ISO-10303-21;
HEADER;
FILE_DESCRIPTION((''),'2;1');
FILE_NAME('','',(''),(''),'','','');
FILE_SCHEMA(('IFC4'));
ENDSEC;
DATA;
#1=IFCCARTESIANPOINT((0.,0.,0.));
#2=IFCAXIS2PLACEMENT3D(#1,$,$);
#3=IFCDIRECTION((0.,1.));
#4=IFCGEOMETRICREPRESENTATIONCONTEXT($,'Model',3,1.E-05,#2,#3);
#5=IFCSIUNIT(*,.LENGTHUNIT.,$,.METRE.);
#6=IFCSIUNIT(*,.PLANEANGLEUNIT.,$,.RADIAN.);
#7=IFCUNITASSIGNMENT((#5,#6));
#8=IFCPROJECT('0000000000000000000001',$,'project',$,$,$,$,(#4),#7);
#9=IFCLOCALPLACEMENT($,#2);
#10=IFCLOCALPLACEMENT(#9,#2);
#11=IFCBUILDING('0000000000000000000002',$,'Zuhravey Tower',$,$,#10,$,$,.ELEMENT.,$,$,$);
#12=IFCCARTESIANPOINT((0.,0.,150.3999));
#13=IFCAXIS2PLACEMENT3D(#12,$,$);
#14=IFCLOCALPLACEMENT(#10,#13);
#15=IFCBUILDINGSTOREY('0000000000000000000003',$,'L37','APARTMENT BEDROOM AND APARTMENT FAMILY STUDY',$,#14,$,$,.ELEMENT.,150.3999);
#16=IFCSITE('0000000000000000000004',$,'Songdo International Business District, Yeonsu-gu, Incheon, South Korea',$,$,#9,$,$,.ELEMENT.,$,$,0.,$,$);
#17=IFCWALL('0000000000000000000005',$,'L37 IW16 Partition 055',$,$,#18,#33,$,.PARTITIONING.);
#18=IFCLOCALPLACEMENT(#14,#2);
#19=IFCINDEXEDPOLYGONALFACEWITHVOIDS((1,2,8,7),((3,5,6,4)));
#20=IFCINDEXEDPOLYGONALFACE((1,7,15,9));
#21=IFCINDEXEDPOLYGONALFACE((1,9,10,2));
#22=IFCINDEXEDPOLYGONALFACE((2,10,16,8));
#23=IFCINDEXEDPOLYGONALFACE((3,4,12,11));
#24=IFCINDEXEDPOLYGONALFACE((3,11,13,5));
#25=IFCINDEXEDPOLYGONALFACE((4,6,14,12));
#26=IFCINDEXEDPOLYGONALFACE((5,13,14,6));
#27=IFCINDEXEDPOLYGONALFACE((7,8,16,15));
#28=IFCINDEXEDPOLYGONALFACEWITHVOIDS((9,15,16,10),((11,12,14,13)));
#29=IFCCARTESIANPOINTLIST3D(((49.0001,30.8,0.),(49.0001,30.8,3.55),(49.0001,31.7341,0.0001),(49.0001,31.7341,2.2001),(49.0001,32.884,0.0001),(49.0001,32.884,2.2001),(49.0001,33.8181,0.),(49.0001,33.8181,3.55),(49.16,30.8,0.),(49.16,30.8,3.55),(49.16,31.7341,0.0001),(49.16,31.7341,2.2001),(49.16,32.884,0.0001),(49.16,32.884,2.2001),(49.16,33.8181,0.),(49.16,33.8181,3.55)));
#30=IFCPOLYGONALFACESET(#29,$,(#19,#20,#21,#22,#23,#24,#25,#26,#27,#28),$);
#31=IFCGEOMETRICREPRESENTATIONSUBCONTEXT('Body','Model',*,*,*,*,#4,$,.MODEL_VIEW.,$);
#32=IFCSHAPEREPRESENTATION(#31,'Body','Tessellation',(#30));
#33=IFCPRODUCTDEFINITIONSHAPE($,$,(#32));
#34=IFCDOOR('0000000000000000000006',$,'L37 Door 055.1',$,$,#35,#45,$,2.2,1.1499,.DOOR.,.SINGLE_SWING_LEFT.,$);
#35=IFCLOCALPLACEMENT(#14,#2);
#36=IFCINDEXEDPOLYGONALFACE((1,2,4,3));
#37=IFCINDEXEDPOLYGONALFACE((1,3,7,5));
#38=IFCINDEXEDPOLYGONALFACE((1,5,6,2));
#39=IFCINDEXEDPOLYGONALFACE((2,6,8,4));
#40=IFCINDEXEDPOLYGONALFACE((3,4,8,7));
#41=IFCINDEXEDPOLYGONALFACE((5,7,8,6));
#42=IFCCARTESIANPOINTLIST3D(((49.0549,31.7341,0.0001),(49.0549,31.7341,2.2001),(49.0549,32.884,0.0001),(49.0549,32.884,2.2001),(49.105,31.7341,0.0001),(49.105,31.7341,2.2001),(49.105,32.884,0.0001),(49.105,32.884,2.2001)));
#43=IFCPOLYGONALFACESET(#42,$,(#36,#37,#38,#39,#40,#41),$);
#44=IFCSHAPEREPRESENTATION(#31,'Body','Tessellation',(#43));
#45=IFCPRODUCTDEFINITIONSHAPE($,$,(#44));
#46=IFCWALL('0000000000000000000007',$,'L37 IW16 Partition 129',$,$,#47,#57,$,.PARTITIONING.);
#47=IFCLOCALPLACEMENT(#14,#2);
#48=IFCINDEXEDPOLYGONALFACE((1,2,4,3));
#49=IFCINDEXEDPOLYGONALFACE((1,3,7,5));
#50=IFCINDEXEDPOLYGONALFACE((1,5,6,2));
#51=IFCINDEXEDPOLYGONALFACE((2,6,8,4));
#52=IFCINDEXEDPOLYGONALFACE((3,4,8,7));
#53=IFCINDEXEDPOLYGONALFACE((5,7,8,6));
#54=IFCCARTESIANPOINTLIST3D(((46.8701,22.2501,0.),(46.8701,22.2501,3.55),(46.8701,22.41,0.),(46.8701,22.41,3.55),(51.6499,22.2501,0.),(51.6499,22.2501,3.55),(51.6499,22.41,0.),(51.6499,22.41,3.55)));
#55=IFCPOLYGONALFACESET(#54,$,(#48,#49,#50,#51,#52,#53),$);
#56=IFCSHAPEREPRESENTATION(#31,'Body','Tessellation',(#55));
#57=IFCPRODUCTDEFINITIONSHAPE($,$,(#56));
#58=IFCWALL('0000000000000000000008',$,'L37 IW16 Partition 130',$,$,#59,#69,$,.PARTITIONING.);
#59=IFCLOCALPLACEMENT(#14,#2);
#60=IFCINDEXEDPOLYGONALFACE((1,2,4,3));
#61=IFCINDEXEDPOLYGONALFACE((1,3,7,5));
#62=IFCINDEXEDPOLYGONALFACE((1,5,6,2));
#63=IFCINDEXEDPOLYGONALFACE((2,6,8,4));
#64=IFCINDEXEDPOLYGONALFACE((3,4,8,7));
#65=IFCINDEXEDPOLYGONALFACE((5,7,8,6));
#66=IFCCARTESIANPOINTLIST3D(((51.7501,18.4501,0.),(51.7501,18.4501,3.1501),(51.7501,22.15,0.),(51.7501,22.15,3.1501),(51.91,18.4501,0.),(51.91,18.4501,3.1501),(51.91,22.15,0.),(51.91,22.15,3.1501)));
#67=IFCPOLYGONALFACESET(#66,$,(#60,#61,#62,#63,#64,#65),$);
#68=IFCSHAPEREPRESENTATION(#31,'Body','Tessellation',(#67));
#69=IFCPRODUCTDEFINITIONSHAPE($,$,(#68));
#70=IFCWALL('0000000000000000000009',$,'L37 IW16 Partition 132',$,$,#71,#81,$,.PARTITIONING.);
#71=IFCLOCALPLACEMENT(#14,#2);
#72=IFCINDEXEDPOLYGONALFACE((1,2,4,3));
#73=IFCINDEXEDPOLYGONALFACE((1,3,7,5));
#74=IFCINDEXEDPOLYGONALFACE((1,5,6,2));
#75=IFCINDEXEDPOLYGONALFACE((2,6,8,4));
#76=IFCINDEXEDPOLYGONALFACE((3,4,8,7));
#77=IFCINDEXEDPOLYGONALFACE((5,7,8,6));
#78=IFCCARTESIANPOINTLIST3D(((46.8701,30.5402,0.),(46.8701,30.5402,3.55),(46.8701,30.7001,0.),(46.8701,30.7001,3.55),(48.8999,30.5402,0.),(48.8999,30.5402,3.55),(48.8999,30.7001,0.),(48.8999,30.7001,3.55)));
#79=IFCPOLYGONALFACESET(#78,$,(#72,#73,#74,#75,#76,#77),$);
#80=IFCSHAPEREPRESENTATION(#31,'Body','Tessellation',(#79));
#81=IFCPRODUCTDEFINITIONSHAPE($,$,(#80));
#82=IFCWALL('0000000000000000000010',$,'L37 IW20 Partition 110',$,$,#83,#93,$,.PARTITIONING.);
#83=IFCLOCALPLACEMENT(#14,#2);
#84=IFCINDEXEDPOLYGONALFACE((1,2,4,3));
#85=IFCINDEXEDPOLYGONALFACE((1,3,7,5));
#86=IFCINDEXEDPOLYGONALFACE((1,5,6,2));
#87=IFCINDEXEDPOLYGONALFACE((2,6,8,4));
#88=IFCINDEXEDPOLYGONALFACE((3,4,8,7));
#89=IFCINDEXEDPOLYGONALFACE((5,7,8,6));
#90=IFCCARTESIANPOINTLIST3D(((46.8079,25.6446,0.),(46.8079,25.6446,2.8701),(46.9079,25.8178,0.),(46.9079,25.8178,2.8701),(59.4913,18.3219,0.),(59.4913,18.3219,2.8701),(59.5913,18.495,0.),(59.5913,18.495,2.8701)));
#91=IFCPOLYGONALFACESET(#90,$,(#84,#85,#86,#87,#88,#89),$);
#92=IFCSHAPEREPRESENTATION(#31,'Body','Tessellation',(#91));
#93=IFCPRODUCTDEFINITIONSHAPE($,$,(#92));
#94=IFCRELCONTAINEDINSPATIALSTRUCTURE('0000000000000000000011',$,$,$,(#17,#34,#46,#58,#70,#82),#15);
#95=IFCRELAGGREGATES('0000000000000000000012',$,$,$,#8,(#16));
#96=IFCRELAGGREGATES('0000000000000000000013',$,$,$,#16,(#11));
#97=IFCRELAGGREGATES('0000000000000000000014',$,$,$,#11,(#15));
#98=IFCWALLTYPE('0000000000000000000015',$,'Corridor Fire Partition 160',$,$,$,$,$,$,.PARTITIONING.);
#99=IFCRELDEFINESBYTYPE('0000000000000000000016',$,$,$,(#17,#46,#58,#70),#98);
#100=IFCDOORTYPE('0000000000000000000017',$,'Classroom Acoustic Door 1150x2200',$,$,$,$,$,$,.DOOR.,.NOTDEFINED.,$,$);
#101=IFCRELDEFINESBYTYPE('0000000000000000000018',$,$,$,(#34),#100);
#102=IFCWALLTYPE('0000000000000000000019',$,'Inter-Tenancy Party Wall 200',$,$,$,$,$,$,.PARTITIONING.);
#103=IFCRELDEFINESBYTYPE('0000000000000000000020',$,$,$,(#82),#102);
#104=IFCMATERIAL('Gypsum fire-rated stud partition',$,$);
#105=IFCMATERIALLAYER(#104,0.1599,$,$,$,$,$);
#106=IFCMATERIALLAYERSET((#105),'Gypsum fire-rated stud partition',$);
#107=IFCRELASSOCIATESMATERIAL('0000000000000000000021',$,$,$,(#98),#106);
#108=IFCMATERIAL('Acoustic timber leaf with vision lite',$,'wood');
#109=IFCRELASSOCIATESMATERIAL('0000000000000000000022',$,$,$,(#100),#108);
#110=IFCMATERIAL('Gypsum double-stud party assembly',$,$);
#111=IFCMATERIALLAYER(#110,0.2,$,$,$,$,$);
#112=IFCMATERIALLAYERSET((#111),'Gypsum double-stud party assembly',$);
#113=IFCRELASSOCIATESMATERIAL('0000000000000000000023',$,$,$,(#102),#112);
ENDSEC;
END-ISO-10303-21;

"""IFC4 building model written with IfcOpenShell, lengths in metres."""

from ifc_helpers import new_model, si_unit, direction, frame, frame_2d, origin, place, context, subcontext, project, spatial, rectangle, extrude, material, layer, layer_set, type_object, element, fill, save


model = new_model("IFC4")

# Units and contexts
model_context = context("Model", 3, precision=1e-05, world=origin(), true_north=direction((0.0, 1.0)))
body_context = subcontext(model_context, "Body", "Model", "MODEL_VIEW")
ifc_project = project(units=[si_unit("LENGTHUNIT", "METRE"), si_unit("PLANEANGLEUNIT", "RADIAN")], contexts=[model_context])

# Site, building, storey
site_placement = place(None, origin())
site = spatial("IfcSite", under=ifc_project, at=site_placement, Name="Songdo International Business District, Yeonsu-gu, Incheon, South Korea", CompositionType="ELEMENT", RefElevation=0.0)
building_placement = place(site_placement, origin())
building = spatial("IfcBuilding", under=site, at=building_placement, Name="Zuhravey Tower", CompositionType="ELEMENT")
storey_placement = place(building_placement, frame((0.0, 0.0, 150.3999)))
storey = spatial("IfcBuildingStorey", under=building, at=storey_placement, Name="L37", Description="APARTMENT BEDROOM AND APARTMENT FAMILY STUDY", CompositionType="ELEMENT", Elevation=150.3999)

# Wall, opening, door
ifc_material_1 = material(Name="Gypsum fire-rated stud partition")
ifc_layer_1 = layer(ifc_material_1, 0.1599)
ifc_layer_set_1 = layer_set([ifc_layer_1], Name="Gypsum fire-rated stud partition")
wall_type_1 = type_object("IfcWallType", Name="Corridor Fire Partition 160", PredefinedType="PARTITIONING", material=ifc_layer_set_1)
wall_1_placement = place(storey_placement, frame((49.0801, 30.8, 0.0), z_axis=(0.0, 0.0, 1.0), x_axis=(0.0, 1.0, 0.0)))
wall_1 = element("IfcWall", 1, at=wall_1_placement, inside=storey, type_object=wall_type_1, Name="L37 IW16 Partition 055", PredefinedType="PARTITIONING", context=body_context, shape_type="SweptSolid", body=[
    extrude(rectangle(XDim=3.0181, YDim=0.1599, at=frame_2d((1.509, 0.0))), origin(), (0.0, 0.0, 1.0), 3.55),
])
opening_1_placement = place(wall_1_placement, frame((0.9341, 0.0, 0.0)))
opening_1 = element("IfcOpeningElement", 2, at=opening_1_placement, cuts=wall_1, PredefinedType="OPENING", context=body_context, shape_type="SweptSolid", body=[
    extrude(rectangle(XDim=1.1499, YDim=2.2, at=frame_2d((0.575, 1.1001))), frame((0.0, 0.092, 0.0), z_axis=(0.0, -1.0, 0.0), x_axis=(1.0, 0.0, 0.0)), (0.0, 0.0, 1.0), 0.1838),
])
ifc_material_2 = material(Name="Acoustic timber leaf with vision lite", Category="wood")
door_type_1 = type_object("IfcDoorType", Name="Classroom Acoustic Door 1150x2200", OperationType="NOTDEFINED", PredefinedType="DOOR", material=ifc_material_2)
door_1_placement = place(opening_1_placement, frame((1.1499, 0.0, 0.0), z_axis=(0.0, 0.0, 1.0), x_axis=(-1.0, 0.0, 0.0)))
door_1 = element("IfcDoor", 3, at=door_1_placement, inside=storey, type_object=door_type_1, Name="L37 Door 055.1", OperationType="SINGLE_SWING_LEFT", OverallHeight=2.2, OverallWidth=1.1499, PredefinedType="DOOR", context=body_context, shape_type="SweptSolid", body=[
    extrude(rectangle(XDim=1.1499, YDim=2.2, at=frame_2d((0.575, 1.1001))), frame((0.0, 0.0249, 0.0), z_axis=(0.0, -1.0, 0.0), x_axis=(1.0, 0.0, 0.0)), (0.0, 0.0, 1.0), 0.05),
])
fill(opening_1, door_1)

# Walls
wall_2_placement = place(storey_placement, frame((51.6499, 22.3301, 0.0), z_axis=(0.0, 0.0, 1.0), x_axis=(-1.0, 0.0, 0.0)))
element("IfcWall", 4, at=wall_2_placement, inside=storey, type_object=wall_type_1, Name="L37 IW16 Partition 129", PredefinedType="PARTITIONING", context=body_context, shape_type="SweptSolid", body=[
    extrude(rectangle(XDim=4.7798, YDim=0.1599, at=frame_2d((2.3899, 0.0))), origin(), (0.0, 0.0, 1.0), 3.55),
])
wall_3_placement = place(storey_placement, frame((51.8301, 18.45, 0.0), z_axis=(0.0, 0.0, 1.0), x_axis=(0.0, 1.0, 0.0)))
element("IfcWall", 5, at=wall_3_placement, inside=storey, type_object=wall_type_1, Name="L37 IW16 Partition 130", PredefinedType="PARTITIONING", context=body_context, shape_type="SweptSolid", body=[
    extrude(rectangle(XDim=3.7, YDim=0.1599, at=frame_2d((1.8501, 0.0))), origin(), (0.0, 0.0, 1.0), 3.1501),
])
wall_4_placement = place(storey_placement, frame((46.8701, 30.6201, 0.0), z_axis=(0.0, 0.0, 1.0), x_axis=(1.0, 0.0, 0.0)))
element("IfcWall", 6, at=wall_4_placement, inside=storey, type_object=wall_type_1, Name="L37 IW16 Partition 132", PredefinedType="PARTITIONING", context=body_context, shape_type="SweptSolid", body=[
    extrude(rectangle(XDim=2.0298, YDim=0.1599, at=frame_2d((1.0149, 0.0))), origin(), (0.0, 0.0, 1.0), 3.55),
])
ifc_material_3 = material(Name="Gypsum double-stud party assembly")
ifc_layer_2 = layer(ifc_material_3, 0.2)
ifc_layer_set_2 = layer_set([ifc_layer_2], Name="Gypsum double-stud party assembly")
wall_type_2 = type_object("IfcWallType", Name="Inter-Tenancy Party Wall 200", PredefinedType="PARTITIONING", material=ifc_layer_set_2)
wall_5_placement = place(storey_placement, frame((46.8579, 25.7312, 0.0), z_axis=(0.0, 0.0, 1.0), x_axis=(0.866025, -0.500001, 0.0)))
element("IfcWall", 7, at=wall_5_placement, inside=storey, type_object=wall_type_2, Name="L37 IW20 Partition 110", PredefinedType="PARTITIONING", context=body_context, shape_type="SweptSolid", body=[
    extrude(rectangle(XDim=14.6455, YDim=0.2, at=frame_2d((7.3228, 0.0))), origin(), (0.0, 0.0, 1.0), 2.8701),
])

save(model, "model.ifc")
